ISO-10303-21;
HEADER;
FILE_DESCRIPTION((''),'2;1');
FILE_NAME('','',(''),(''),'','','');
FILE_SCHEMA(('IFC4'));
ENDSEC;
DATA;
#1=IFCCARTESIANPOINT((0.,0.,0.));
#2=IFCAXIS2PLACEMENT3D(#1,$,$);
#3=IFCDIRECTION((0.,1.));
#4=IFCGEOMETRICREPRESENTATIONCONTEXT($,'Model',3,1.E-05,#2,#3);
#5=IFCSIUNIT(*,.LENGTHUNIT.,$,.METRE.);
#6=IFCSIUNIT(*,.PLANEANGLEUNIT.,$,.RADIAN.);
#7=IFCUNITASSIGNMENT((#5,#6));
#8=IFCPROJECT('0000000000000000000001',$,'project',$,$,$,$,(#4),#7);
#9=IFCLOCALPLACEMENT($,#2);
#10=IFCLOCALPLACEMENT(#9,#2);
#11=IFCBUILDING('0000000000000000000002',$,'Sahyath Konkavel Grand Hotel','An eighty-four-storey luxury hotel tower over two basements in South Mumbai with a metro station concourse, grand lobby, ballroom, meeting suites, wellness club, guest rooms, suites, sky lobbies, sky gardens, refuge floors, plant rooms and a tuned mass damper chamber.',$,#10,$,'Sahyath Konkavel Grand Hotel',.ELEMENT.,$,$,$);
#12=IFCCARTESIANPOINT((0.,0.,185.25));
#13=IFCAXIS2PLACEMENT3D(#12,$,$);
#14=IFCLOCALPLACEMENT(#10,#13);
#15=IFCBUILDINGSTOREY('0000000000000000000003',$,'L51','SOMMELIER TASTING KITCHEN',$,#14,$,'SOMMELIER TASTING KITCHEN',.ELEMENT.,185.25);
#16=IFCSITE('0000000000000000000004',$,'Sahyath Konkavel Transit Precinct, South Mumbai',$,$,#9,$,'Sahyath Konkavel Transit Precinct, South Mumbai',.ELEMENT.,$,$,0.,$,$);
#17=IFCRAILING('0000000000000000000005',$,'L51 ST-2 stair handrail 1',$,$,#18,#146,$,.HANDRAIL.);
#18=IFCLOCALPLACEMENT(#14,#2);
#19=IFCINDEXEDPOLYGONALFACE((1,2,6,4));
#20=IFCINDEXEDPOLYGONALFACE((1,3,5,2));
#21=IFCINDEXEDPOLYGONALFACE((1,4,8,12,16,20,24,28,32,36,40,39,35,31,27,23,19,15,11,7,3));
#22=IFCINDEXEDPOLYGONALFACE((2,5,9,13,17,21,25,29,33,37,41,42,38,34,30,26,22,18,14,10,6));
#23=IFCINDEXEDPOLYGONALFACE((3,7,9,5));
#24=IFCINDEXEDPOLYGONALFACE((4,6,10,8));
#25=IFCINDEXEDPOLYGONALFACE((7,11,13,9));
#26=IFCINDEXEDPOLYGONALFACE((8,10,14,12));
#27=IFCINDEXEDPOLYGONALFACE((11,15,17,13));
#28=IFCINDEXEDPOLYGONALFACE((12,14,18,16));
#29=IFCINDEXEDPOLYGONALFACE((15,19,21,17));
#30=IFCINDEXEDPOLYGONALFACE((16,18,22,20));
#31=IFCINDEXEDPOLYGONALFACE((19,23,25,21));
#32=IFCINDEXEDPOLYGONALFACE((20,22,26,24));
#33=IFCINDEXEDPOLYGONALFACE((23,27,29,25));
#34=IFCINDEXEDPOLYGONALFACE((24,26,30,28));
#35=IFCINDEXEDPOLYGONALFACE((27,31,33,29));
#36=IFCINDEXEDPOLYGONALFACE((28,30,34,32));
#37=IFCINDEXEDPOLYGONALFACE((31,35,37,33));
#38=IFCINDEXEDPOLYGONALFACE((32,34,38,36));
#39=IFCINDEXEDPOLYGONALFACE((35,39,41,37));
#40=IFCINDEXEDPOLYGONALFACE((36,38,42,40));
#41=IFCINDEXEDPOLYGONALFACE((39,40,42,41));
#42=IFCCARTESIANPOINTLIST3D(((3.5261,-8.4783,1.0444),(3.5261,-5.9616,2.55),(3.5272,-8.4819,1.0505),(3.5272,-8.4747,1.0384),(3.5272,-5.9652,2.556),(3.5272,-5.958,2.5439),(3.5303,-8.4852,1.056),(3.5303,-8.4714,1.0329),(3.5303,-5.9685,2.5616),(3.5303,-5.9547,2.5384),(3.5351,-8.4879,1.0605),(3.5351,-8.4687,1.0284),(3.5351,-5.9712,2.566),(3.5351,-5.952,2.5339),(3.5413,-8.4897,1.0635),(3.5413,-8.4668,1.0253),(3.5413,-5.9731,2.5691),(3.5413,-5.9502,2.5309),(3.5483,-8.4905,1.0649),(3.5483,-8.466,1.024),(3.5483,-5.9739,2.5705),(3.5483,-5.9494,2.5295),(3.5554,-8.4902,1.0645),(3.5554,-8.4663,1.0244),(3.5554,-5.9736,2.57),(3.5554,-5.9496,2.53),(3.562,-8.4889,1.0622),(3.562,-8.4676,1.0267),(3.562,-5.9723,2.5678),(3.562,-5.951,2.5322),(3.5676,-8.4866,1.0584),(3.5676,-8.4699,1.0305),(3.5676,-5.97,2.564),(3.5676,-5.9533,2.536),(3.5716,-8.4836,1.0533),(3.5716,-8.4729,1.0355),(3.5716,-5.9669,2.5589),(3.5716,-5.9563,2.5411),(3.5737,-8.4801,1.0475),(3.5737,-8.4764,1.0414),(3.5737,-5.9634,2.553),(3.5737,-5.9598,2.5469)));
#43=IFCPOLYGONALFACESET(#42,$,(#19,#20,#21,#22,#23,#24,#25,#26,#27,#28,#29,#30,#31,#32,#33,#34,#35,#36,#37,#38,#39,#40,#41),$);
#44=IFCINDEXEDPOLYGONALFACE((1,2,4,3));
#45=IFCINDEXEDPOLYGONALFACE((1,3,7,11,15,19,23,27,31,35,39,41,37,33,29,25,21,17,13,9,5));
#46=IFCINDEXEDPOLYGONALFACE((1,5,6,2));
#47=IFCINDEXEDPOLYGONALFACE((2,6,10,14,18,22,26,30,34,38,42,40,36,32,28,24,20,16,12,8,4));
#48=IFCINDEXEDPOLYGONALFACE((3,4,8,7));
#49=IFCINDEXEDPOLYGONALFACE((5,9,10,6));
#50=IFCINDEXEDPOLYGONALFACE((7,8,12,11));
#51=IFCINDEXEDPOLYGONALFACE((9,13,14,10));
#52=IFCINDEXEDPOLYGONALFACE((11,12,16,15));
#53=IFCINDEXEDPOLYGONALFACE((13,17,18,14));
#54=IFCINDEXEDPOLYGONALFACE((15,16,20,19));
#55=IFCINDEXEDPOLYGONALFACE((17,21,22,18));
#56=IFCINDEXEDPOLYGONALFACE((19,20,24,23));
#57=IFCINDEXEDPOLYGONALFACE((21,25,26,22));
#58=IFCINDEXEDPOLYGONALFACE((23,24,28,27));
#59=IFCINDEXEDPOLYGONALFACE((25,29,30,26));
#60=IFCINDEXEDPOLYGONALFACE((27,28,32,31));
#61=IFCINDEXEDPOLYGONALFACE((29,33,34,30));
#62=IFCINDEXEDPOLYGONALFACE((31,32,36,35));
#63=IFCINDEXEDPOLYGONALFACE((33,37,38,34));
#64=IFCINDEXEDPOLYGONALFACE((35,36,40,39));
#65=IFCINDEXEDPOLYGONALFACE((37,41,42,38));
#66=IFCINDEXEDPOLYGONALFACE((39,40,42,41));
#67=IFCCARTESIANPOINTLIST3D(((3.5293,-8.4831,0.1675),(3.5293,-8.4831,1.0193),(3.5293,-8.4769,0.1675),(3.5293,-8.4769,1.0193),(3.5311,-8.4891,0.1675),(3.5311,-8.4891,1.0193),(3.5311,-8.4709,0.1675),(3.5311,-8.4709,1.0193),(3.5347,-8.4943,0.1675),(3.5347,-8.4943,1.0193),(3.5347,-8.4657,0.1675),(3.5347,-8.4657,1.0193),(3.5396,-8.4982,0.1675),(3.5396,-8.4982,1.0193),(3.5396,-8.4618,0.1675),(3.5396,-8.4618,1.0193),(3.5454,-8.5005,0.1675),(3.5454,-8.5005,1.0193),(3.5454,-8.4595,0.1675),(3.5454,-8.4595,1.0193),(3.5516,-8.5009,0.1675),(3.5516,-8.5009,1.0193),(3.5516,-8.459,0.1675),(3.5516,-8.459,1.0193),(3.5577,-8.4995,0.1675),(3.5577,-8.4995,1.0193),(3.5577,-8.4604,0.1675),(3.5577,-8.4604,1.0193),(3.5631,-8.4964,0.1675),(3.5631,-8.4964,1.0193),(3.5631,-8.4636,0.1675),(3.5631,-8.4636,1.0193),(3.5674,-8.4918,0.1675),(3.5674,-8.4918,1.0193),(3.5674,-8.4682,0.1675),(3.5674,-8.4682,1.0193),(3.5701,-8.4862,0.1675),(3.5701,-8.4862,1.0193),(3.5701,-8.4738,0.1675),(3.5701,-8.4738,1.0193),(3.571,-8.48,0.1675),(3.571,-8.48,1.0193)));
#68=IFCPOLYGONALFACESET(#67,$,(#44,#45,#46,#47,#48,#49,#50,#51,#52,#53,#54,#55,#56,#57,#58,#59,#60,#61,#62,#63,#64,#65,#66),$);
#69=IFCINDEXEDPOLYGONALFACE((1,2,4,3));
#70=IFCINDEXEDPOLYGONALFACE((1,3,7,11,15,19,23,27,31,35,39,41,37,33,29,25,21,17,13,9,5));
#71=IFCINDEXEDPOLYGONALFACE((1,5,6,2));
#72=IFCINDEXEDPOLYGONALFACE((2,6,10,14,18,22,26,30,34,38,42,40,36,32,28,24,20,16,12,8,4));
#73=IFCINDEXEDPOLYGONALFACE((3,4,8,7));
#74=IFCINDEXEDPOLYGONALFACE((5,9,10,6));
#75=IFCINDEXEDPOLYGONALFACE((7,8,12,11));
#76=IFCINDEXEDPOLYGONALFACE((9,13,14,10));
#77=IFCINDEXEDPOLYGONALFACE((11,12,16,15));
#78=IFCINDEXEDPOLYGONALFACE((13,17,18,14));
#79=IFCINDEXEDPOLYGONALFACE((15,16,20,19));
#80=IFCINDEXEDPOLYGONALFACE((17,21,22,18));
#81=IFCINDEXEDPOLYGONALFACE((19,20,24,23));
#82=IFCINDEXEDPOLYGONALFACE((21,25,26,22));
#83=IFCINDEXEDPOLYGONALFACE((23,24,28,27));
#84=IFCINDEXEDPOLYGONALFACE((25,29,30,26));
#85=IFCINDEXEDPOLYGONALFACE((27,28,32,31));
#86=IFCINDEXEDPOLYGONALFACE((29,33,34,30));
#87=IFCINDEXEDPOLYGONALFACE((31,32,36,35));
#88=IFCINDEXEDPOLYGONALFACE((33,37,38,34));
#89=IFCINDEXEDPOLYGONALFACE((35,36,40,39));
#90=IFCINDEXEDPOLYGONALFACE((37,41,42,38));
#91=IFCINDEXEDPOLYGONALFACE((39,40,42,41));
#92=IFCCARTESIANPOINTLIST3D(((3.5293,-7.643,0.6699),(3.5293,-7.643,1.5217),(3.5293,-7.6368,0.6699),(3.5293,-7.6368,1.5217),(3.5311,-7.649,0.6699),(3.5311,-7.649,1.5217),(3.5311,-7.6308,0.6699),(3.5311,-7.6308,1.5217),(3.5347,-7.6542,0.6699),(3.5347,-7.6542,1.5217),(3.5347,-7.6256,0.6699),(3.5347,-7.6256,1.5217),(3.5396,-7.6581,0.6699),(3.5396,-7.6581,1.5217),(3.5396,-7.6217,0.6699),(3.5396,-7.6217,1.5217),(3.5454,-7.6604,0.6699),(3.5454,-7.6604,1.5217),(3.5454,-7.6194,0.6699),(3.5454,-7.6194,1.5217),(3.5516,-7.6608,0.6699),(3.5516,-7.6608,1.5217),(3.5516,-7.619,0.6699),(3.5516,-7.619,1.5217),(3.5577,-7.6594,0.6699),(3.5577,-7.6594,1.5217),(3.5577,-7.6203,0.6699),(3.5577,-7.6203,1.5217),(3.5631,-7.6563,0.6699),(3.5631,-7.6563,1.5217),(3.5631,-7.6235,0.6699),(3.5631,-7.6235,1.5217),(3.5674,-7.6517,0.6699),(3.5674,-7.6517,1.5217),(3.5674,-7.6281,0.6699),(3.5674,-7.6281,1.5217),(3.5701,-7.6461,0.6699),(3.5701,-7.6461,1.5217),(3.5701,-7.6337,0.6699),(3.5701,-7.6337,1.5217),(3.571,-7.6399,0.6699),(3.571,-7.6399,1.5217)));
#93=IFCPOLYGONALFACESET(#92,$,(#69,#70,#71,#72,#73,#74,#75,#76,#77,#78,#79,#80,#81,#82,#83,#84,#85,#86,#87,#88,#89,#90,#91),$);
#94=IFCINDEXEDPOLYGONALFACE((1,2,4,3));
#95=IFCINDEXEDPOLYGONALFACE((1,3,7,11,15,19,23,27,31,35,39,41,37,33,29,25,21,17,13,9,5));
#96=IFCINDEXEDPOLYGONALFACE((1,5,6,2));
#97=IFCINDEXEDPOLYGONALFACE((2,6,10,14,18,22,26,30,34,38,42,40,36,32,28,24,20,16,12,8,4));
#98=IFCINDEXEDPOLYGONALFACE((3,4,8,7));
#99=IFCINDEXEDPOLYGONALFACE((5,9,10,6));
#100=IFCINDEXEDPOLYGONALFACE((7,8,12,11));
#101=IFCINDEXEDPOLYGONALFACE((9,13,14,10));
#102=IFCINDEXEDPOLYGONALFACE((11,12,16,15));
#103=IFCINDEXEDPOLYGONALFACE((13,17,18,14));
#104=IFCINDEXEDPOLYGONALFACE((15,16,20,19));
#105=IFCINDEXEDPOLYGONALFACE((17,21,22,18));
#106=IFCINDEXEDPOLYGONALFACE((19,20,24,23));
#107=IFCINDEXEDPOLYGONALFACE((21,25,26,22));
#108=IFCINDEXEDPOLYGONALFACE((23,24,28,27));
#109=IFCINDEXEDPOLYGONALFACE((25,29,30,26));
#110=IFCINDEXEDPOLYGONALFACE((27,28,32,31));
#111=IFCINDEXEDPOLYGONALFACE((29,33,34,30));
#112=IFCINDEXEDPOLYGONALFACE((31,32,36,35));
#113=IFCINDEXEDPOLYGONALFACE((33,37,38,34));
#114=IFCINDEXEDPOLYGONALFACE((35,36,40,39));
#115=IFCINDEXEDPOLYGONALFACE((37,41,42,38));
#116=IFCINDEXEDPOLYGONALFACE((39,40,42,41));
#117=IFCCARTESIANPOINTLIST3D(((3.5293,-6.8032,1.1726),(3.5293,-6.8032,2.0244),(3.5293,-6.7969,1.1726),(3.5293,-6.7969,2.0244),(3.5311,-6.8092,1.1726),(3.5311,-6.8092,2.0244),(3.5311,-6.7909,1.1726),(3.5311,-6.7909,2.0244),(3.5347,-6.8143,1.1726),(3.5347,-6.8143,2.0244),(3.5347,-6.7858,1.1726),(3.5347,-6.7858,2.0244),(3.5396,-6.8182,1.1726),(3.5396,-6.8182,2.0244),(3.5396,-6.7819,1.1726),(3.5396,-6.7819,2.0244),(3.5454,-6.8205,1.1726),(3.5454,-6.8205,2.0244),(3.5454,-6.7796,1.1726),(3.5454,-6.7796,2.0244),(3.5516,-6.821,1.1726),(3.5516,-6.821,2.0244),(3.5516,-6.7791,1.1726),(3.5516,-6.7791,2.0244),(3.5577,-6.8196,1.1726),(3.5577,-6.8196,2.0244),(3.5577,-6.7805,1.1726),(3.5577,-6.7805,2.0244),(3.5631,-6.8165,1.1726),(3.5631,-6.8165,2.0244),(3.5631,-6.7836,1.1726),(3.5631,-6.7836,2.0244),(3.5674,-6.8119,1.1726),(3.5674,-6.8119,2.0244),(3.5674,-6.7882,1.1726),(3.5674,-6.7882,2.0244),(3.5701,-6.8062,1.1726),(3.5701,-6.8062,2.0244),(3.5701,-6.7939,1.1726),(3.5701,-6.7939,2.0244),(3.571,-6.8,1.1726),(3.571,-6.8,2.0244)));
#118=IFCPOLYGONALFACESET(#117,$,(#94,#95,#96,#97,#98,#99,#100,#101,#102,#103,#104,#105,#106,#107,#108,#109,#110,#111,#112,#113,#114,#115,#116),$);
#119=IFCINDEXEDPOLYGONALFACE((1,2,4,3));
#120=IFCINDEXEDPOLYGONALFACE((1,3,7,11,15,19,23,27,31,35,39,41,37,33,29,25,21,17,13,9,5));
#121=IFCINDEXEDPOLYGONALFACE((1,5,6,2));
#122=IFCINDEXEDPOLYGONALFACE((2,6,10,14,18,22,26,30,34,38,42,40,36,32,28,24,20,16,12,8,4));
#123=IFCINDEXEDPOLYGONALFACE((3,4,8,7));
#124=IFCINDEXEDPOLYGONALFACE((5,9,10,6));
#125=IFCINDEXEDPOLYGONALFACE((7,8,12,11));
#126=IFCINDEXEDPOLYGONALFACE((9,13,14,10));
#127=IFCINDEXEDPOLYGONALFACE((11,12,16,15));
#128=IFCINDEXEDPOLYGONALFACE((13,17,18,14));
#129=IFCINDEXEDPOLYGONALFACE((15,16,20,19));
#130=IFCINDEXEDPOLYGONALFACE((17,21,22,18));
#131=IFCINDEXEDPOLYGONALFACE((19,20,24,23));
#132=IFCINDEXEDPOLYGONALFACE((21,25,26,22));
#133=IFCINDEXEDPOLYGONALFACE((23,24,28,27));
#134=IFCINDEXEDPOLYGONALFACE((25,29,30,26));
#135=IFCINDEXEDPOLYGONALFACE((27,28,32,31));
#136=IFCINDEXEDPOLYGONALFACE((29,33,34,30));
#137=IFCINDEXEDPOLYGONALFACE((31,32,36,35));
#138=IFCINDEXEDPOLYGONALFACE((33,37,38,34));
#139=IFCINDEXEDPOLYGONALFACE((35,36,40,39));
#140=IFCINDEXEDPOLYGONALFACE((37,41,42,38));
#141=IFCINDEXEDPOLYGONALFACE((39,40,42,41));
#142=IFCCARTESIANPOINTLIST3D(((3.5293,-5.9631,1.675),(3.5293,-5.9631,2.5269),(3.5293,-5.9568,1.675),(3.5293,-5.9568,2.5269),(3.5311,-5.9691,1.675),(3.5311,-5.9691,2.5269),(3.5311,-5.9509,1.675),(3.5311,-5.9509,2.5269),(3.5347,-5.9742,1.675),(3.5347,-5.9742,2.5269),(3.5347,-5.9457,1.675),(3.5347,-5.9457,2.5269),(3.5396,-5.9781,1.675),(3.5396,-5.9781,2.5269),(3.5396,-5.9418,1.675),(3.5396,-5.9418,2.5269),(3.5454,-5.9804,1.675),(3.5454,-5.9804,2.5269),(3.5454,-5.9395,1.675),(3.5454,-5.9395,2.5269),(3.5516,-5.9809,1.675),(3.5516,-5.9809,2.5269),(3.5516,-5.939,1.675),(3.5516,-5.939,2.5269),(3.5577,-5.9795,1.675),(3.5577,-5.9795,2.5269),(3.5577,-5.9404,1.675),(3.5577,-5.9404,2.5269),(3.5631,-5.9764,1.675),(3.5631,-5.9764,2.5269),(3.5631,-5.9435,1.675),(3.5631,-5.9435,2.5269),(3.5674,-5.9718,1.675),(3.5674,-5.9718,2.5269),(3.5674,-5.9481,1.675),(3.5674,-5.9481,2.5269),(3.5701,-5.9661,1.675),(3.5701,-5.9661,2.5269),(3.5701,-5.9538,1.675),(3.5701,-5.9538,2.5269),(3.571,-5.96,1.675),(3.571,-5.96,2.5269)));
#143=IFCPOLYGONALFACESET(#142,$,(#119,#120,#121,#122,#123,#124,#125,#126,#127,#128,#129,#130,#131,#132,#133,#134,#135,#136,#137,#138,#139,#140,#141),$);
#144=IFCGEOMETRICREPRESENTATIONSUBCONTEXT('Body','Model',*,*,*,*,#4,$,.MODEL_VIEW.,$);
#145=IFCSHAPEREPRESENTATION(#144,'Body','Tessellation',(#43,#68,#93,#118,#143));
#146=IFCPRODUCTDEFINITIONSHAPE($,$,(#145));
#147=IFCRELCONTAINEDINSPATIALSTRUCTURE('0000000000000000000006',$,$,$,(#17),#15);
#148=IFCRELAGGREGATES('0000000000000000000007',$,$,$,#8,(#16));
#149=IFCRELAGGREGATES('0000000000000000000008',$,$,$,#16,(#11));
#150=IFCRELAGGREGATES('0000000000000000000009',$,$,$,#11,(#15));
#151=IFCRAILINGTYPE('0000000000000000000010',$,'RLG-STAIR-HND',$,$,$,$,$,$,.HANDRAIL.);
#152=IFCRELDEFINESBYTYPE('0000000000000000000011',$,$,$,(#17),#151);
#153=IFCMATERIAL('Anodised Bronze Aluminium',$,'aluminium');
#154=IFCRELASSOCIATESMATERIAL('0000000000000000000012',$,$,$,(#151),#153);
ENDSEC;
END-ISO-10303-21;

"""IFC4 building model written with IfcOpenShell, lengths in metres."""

from ifc_helpers import new_model, si_unit, direction, frame, origin, origin_2d, place, context, subcontext, project, spatial, circle, extrude, material, type_object, element, save


model = new_model("IFC4")

# Units and contexts
model_context = context("Model", 3, precision=1e-05, world=origin(), true_north=direction((0.0, 1.0)))
body_context = subcontext(model_context, "Body", "Model", "MODEL_VIEW")
ifc_project = project(units=[si_unit("LENGTHUNIT", "METRE"), si_unit("PLANEANGLEUNIT", "RADIAN")], contexts=[model_context])

# Site, building, storey
site_placement = place(None, origin())
site = spatial("IfcSite", under=ifc_project, at=site_placement, Name="Sahyath Konkavel Transit Precinct, South Mumbai", LongName="Sahyath Konkavel Transit Precinct, South Mumbai", CompositionType="ELEMENT", RefElevation=0.0)
building_placement = place(site_placement, origin())
building = spatial("IfcBuilding", under=site, at=building_placement, Name="Sahyath Konkavel Grand Hotel", Description="An eighty-four-storey luxury hotel tower over two basements in South Mumbai with a metro station concourse, grand lobby, ballroom, meeting suites, wellness club, guest rooms, suites, sky lobbies, sky gardens, refuge floors, plant rooms and a tuned mass damper chamber.", LongName="Sahyath Konkavel Grand Hotel", CompositionType="ELEMENT")
storey_placement = place(building_placement, frame((0.0, 0.0, 185.25)))
storey = spatial("IfcBuildingStorey", under=building, at=storey_placement, Name="L51", Description="SOMMELIER TASTING KITCHEN", LongName="SOMMELIER TASTING KITCHEN", CompositionType="ELEMENT", Elevation=185.25)

# Railing
ifc_material_1 = material(Name="Anodised Bronze Aluminium", Category="aluminium")
railing_type_1 = type_object("IfcRailingType", Name="RLG-STAIR-HND", PredefinedType="HANDRAIL", material=ifc_material_1)
railing_1_placement = place(storey_placement, frame((3.55, -8.48, 0.1675)))
element("IfcRailing", 1, at=railing_1_placement, inside=storey, type_object=railing_type_1, Name="L51 ST-2 stair handrail 1", PredefinedType="HANDRAIL", context=body_context, shape_type="SweptSolid", body=[
    extrude(circle(Radius=0.0239, at=origin_2d()), frame((0.0, 0.0017, 0.877), z_axis=(0.0, 0.85816, 0.513383), x_axis=(-1.0, 0.0, 0.0)), (0.0, 0.0, 1.0), 2.9326),
    extrude(circle(Radius=0.021, at=origin_2d()), origin(), (0.0, 0.0, 1.0), 0.8518),
    extrude(circle(Radius=0.021, at=origin_2d()), frame((0.0, 0.8401, 0.5024)), (0.0, 0.0, 1.0), 0.8518),
    extrude(circle(Radius=0.021, at=origin_2d()), frame((0.0, 1.6799, 1.0051)), (0.0, 0.0, 1.0), 0.8518),
    extrude(circle(Radius=0.021, at=origin_2d()), frame((0.0, 2.52, 1.5076)), (0.0, 0.0, 1.0), 0.8518),
])

save(model, "model.ifc")
